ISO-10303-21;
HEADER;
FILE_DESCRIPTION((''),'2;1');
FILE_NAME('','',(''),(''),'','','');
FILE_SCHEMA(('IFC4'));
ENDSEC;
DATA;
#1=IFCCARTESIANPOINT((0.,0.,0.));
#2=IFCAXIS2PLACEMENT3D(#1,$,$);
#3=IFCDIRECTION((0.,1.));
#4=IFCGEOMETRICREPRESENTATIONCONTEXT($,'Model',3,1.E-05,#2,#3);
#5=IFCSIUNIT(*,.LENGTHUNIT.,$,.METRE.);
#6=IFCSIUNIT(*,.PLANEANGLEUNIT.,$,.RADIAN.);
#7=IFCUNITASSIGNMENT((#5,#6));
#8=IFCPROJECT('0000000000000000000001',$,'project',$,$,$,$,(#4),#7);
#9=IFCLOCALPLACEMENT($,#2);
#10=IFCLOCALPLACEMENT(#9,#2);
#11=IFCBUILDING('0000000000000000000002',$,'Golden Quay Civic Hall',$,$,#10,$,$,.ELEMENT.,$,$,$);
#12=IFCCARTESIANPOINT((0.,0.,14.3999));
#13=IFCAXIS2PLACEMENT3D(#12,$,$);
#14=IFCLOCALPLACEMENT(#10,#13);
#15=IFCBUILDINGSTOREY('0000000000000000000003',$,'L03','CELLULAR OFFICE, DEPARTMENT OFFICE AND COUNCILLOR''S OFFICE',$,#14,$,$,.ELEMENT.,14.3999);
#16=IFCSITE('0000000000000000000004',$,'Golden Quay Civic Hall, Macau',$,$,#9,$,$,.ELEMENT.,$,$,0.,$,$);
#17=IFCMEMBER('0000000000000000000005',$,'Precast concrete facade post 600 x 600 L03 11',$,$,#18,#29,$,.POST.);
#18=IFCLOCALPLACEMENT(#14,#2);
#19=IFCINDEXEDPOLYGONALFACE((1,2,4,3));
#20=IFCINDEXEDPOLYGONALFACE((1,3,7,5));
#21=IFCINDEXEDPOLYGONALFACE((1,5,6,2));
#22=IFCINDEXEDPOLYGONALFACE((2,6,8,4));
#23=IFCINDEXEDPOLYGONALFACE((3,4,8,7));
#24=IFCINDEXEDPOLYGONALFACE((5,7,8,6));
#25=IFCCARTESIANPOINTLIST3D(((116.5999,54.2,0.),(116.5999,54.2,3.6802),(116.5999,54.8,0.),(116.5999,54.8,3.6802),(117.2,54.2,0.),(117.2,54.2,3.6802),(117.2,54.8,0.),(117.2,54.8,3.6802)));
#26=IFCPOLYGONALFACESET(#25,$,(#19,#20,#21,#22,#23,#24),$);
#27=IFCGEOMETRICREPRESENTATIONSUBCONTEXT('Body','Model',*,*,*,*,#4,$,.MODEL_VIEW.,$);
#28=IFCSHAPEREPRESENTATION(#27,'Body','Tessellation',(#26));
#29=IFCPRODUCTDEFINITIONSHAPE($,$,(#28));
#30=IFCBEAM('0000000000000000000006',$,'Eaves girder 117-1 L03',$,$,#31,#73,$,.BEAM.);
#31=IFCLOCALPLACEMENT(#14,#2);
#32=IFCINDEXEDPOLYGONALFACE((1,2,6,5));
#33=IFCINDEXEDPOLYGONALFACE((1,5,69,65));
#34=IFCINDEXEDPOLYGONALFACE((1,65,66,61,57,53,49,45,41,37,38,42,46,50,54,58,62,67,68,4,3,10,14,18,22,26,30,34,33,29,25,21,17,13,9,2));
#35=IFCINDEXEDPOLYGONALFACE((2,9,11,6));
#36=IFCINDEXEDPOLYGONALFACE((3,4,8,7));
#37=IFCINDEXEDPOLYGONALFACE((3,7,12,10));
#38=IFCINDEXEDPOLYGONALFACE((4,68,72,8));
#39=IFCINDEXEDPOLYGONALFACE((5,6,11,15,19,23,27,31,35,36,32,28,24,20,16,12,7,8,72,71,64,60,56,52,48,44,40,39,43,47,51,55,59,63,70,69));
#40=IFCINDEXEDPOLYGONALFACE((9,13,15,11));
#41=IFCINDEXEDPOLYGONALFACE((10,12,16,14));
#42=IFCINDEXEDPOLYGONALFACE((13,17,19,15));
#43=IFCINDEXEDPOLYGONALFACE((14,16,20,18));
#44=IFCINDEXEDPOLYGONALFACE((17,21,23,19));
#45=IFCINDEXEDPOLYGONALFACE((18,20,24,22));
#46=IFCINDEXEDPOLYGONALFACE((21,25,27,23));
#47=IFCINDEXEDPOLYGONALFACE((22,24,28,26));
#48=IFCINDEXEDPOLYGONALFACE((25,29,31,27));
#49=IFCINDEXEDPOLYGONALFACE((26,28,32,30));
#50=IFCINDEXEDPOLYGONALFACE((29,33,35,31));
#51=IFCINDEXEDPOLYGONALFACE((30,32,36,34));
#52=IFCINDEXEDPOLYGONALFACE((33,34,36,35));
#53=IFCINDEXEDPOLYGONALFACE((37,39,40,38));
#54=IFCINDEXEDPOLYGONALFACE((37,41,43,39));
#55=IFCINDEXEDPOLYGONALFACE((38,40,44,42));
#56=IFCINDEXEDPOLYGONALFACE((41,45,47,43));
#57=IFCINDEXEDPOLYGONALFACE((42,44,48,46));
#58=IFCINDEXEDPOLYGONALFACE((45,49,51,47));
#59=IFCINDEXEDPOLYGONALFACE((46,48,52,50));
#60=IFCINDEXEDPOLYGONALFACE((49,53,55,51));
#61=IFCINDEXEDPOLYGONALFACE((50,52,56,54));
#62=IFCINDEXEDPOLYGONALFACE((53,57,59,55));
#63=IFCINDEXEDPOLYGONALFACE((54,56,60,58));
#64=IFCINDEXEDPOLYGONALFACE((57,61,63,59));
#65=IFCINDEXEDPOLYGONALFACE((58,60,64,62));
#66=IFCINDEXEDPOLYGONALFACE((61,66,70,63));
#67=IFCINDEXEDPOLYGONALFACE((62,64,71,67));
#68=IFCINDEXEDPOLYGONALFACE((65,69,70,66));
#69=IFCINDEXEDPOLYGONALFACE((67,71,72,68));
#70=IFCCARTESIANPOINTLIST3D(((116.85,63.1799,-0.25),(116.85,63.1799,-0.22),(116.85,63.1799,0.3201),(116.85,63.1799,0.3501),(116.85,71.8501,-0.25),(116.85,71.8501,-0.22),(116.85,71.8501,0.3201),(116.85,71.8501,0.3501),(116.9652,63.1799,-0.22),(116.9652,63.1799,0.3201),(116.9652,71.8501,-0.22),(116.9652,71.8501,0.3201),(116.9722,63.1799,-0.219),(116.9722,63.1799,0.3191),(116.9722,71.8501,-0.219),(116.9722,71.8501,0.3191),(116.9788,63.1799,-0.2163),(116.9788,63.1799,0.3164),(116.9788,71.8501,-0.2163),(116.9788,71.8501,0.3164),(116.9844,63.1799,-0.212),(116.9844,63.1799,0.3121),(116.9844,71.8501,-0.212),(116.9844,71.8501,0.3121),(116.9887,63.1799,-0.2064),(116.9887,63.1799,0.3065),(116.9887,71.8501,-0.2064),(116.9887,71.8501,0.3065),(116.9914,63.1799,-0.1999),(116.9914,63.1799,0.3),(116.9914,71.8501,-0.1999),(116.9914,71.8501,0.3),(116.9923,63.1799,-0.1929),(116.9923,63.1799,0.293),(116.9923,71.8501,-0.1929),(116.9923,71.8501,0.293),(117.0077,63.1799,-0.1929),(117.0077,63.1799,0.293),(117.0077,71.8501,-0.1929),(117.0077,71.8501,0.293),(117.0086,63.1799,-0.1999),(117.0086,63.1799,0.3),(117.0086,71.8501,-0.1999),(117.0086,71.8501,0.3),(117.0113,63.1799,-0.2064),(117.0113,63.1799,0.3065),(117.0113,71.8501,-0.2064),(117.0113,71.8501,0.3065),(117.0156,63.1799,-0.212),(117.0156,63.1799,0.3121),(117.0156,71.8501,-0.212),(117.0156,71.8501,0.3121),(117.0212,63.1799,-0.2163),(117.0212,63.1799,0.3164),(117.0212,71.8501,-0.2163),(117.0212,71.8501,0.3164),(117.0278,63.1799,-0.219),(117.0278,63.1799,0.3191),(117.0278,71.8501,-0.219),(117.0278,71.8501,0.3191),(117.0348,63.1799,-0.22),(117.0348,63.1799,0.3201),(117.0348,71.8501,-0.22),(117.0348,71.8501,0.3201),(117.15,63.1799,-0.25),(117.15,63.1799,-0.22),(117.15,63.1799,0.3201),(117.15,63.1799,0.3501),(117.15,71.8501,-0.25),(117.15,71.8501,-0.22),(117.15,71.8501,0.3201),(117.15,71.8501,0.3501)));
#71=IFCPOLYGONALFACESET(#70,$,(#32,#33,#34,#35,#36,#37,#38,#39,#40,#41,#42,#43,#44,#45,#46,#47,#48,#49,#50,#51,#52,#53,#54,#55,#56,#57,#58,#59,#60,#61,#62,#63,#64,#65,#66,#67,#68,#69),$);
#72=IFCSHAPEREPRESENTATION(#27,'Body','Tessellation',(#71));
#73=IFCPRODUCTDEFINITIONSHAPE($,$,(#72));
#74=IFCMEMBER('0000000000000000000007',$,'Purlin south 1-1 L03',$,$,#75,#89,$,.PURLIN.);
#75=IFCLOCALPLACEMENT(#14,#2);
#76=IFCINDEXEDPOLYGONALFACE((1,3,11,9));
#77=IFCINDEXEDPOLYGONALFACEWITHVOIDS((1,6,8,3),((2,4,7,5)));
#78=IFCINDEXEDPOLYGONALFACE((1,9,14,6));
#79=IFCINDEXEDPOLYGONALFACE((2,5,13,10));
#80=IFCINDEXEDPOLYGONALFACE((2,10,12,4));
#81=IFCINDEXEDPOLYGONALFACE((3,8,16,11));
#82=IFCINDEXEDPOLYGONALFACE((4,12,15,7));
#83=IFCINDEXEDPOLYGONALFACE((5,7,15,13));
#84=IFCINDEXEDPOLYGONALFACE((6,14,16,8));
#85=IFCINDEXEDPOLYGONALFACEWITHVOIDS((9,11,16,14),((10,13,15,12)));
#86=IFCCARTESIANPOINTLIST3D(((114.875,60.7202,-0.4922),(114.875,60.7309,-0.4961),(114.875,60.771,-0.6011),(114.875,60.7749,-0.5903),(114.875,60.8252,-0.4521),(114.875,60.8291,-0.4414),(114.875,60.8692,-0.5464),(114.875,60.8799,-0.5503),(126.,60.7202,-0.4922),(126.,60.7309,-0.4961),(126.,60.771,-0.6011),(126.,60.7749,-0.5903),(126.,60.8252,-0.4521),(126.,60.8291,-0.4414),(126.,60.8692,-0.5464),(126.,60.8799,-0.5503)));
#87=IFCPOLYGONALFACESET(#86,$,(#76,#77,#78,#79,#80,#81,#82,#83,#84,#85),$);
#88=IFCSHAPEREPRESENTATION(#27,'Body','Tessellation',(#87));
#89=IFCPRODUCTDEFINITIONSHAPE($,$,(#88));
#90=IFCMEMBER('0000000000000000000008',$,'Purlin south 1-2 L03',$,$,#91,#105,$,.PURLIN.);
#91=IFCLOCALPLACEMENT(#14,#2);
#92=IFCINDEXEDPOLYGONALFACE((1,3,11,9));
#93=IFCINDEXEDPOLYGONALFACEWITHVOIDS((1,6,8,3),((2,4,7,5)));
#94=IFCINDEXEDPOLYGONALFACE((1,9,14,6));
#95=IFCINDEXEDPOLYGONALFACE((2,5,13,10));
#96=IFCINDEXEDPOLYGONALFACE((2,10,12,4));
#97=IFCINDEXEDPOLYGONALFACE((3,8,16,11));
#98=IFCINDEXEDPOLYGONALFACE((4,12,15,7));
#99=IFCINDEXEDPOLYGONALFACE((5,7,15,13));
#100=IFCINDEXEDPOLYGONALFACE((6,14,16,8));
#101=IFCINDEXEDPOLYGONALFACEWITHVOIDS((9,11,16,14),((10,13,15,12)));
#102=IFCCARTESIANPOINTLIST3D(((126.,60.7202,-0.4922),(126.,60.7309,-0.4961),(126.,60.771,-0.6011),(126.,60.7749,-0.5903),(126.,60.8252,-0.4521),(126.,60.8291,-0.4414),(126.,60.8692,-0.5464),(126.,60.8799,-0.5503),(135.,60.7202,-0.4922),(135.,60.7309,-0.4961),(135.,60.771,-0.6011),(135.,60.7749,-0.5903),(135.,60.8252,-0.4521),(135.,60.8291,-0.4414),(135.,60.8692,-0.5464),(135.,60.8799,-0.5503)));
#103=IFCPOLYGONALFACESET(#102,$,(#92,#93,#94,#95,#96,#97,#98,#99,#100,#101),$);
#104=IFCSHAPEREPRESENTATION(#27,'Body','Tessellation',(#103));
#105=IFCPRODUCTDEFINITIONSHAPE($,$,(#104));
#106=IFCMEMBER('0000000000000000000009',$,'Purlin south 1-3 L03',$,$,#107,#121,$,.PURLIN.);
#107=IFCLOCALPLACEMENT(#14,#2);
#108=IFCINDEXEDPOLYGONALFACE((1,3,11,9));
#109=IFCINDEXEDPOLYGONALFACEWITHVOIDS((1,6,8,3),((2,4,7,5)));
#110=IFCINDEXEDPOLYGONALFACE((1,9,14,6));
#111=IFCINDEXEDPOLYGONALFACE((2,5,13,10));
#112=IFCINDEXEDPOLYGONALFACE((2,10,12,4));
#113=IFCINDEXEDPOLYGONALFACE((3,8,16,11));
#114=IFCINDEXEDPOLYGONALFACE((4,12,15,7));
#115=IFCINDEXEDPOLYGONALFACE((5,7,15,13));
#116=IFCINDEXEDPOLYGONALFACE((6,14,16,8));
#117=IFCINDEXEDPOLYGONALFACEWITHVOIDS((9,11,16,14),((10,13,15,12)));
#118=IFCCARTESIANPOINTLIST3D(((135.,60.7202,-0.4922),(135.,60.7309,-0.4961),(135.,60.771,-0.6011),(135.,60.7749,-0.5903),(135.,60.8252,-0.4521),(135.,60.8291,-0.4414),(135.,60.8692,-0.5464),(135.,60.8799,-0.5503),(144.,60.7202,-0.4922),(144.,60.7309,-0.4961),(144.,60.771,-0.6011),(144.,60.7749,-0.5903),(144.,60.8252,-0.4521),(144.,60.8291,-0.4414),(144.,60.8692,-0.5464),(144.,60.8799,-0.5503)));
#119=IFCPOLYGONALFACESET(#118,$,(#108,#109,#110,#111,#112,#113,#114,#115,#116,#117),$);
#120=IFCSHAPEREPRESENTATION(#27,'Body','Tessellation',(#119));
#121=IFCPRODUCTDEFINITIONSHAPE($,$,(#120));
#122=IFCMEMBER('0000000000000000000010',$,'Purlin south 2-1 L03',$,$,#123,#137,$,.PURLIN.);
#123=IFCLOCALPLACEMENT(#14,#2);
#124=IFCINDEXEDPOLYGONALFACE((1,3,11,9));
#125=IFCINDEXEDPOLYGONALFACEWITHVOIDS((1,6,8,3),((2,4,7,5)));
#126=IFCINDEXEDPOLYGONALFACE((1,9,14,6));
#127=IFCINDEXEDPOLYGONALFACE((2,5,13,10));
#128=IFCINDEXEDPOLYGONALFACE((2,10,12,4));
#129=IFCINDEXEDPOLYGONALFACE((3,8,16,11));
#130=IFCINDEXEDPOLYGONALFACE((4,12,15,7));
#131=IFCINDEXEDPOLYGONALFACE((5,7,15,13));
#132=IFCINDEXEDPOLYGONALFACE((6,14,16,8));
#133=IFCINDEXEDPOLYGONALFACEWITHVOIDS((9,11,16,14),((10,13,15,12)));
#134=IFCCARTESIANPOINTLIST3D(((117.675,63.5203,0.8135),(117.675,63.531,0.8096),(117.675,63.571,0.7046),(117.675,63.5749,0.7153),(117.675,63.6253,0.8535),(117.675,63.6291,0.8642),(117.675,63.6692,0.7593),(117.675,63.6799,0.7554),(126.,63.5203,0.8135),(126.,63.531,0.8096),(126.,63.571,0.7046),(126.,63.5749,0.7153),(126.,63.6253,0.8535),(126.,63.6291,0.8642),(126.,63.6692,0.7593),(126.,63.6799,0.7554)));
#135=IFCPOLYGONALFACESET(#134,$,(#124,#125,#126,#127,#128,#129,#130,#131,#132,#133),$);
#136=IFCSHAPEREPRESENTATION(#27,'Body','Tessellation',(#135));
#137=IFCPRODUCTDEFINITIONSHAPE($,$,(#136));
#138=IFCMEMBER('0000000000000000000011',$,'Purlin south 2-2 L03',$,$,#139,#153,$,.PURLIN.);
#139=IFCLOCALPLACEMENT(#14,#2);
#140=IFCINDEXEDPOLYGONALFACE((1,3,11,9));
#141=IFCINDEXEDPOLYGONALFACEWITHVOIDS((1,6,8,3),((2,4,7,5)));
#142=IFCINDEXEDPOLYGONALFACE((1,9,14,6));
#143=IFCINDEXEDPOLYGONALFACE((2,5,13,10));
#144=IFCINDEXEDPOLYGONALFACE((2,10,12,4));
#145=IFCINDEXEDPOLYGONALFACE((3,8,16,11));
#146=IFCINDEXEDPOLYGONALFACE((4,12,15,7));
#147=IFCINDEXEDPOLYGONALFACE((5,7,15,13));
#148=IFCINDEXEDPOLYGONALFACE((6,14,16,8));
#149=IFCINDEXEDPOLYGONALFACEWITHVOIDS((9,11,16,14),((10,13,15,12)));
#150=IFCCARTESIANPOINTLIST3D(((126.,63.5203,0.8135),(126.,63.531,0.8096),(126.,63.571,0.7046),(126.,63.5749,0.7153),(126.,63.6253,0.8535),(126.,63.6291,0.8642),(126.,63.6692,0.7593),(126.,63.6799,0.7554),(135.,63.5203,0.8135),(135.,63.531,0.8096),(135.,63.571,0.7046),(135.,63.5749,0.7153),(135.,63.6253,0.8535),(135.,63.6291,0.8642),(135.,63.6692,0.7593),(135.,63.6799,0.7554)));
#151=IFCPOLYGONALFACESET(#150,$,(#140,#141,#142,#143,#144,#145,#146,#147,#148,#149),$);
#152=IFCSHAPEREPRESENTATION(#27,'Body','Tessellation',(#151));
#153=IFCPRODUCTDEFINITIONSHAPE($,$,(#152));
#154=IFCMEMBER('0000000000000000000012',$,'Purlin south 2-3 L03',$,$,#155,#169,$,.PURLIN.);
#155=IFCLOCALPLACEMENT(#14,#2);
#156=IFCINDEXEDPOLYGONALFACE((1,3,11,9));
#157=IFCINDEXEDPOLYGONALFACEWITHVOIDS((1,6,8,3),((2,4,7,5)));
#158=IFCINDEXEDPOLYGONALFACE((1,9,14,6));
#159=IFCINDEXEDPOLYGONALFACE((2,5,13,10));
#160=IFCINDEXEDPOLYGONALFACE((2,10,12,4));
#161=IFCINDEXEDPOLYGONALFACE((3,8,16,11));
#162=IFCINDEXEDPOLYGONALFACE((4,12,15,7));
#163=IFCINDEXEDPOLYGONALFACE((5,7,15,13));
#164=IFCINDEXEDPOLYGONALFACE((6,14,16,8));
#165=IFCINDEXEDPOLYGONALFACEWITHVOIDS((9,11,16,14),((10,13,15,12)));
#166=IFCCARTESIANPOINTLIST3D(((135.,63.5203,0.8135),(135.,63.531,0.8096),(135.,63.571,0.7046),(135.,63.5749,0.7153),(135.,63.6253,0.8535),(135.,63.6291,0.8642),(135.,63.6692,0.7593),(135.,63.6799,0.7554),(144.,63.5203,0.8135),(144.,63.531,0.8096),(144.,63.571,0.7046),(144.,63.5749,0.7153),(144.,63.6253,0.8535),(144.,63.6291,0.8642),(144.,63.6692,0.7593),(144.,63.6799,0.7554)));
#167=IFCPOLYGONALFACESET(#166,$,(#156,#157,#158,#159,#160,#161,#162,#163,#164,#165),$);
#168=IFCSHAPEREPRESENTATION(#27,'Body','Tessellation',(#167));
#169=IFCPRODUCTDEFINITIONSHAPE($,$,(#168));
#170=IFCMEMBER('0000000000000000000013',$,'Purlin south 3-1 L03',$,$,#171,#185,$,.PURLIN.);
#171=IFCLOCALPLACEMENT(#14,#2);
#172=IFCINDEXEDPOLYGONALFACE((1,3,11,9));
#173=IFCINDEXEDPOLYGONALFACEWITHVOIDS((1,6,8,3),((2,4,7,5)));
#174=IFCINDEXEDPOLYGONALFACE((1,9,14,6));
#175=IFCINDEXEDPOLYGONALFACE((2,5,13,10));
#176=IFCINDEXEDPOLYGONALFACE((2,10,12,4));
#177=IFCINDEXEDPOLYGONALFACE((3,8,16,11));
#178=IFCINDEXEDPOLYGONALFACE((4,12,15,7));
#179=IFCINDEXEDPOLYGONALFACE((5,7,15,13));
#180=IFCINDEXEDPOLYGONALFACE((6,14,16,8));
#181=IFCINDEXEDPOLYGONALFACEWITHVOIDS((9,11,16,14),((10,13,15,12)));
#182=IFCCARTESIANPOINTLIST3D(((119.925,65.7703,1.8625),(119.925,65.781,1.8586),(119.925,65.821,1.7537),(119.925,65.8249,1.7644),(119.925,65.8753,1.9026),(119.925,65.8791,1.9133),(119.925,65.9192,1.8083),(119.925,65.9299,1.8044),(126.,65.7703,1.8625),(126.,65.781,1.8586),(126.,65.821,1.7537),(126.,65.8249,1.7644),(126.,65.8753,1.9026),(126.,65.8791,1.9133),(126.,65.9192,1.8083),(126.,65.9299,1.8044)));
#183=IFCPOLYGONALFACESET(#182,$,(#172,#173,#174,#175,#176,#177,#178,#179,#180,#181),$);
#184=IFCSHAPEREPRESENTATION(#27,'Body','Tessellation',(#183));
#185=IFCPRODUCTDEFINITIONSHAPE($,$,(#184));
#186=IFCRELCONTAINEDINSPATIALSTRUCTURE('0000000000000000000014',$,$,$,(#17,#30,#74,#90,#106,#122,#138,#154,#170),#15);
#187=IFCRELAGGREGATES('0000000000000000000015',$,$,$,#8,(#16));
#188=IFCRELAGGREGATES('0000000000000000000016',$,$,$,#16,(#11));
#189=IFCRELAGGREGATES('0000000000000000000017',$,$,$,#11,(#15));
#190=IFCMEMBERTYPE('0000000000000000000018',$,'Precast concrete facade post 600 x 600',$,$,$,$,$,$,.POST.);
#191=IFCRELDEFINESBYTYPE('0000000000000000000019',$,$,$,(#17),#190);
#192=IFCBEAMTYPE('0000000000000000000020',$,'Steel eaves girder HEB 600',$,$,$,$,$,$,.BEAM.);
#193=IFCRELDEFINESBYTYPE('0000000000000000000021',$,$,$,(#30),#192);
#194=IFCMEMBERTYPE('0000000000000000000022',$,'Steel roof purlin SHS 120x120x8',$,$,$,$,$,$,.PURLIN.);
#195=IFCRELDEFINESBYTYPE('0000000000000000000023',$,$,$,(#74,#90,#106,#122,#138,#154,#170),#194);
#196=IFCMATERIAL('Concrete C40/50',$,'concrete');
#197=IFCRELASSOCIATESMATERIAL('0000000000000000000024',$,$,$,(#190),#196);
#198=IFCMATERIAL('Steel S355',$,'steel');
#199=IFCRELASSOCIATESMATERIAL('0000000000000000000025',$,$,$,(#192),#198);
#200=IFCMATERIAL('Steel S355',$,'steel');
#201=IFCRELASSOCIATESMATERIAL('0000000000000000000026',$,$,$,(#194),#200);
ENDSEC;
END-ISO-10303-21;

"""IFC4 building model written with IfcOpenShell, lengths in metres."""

from ifc_helpers import new_model, si_unit, direction, frame, origin, origin_2d, place, context, subcontext, project, spatial, rectangle, hollow_rectangle, i_section, extrude, material, material_profile, profile_set, type_object, element, save


model = new_model("IFC4")

# Units and contexts
model_context = context("Model", 3, precision=1e-05, world=origin(), true_north=direction((0.0, 1.0)))
body_context = subcontext(model_context, "Body", "Model", "MODEL_VIEW")
ifc_project = project(units=[si_unit("LENGTHUNIT", "METRE"), si_unit("PLANEANGLEUNIT", "RADIAN")], contexts=[model_context])

# Site, building, storey
site_placement = place(None, origin())
site = spatial("IfcSite", under=ifc_project, at=site_placement, Name="Golden Quay Civic Hall, Macau", CompositionType="ELEMENT", RefElevation=0.0)
building_placement = place(site_placement, origin())
building = spatial("IfcBuilding", under=site, at=building_placement, Name="Golden Quay Civic Hall", CompositionType="ELEMENT")
storey_placement = place(building_placement, frame((0.0, 0.0, 14.3999)))
storey = spatial("IfcBuildingStorey", under=building, at=storey_placement, Name="L03", Description="CELLULAR OFFICE, DEPARTMENT OFFICE AND COUNCILLOR'S OFFICE", CompositionType="ELEMENT", Elevation=14.3999)

# Member
ifc_material_1 = material(Name="Concrete C40/50", Category="concrete")
ifc_material_profile_1 = material_profile(ifc_material_1, rectangle(XDim=0.6001, YDim=0.6001, at=origin_2d()), Name="RC 600x600")
ifc_profile_set_1 = profile_set([ifc_material_profile_1], Name="Concrete C40/50")
member_type_1 = type_object("IfcMemberType", Name="Precast concrete facade post 600 x 600", PredefinedType="POST", material=ifc_profile_set_1)
member_1_placement = place(storey_placement, frame((116.8999, 54.5, 0.0), z_axis=(0.0, 0.0, 1.0), x_axis=(1.0, 0.0, 0.0)))
element("IfcMember", 1, at=member_1_placement, inside=storey, type_object=member_type_1, Name="Precast concrete facade post 600 x 600 L03 11", PredefinedType="POST", context=body_context, shape_type="SweptSolid", body=[
    extrude(rectangle(XDim=0.6001, YDim=0.6001, at=origin_2d()), origin(), (0.0, 0.0, 1.0), 3.6802),
])

# Beam
ifc_material_2 = material(Name="Steel S355", Category="steel")
ifc_material_profile_2 = material_profile(ifc_material_2, i_section(OverallWidth=0.3, OverallDepth=0.6001, WebThickness=0.0154, FlangeThickness=0.03, FilletRadius=0.0271, at=origin_2d()), Name="HEB 600")
ifc_profile_set_2 = profile_set([ifc_material_profile_2], Name="Steel S355")
beam_type = type_object("IfcBeamType", Name="Steel eaves girder HEB 600", PredefinedType="BEAM", material=ifc_profile_set_2)
beam_placement = place(storey_placement, frame((117.0, 63.1799, 0.05), z_axis=(0.0, 1.0, 0.0), x_axis=(-1.0, 0.0, 0.0)))
element("IfcBeam", 2, at=beam_placement, inside=storey, type_object=beam_type, Name="Eaves girder 117-1 L03", PredefinedType="BEAM", context=body_context, shape_type="SweptSolid", body=[
    extrude(i_section(OverallWidth=0.3, OverallDepth=0.6001, WebThickness=0.0154, FlangeThickness=0.03, FilletRadius=0.0271, at=origin_2d()), origin(), (0.0, 0.0, 1.0), 8.6702),
])

# Members
ifc_material_3 = material(Name="Steel S355", Category="steel")
ifc_material_profile_3 = material_profile(ifc_material_3, hollow_rectangle(XDim=0.1201, YDim=0.1201, WallThickness=0.0081, at=origin_2d()), Name="SHS 120x120x8")
ifc_profile_set_3 = profile_set([ifc_material_profile_3], Name="Steel S355")
member_type_2 = type_object("IfcMemberType", Name="Steel roof purlin SHS 120x120x8", PredefinedType="PURLIN", material=ifc_profile_set_3)
member_2_placement = place(storey_placement, frame((114.875, 60.8, -0.5212), z_axis=(1.0, 0.0, 0.0), x_axis=(0.0, 0.906308, 0.422618)))
element("IfcMember", 3, at=member_2_placement, inside=storey, type_object=member_type_2, Name="Purlin south 1-1 L03", PredefinedType="PURLIN", context=body_context, shape_type="SweptSolid", body=[
    extrude(hollow_rectangle(XDim=0.1201, YDim=0.1201, WallThickness=0.0081, at=origin_2d()), origin(), (0.0, 0.0, 1.0), 11.125),
])
for number, where, z_axis, x_axis, name in (
    (4, (126.0, 60.8, -0.5212), (1.0, 0.0, 0.0), (0.0, 0.906308, 0.422618), "Purlin south 1-2 L03"),
    (5, (135.0, 60.8, -0.5212), (1.0, 0.0, 0.0), (0.0, 0.906308, 0.422618), "Purlin south 1-3 L03"),
):
    element("IfcMember", number, at=place(storey_placement, frame(where, z_axis=z_axis, x_axis=x_axis)), inside=storey, type_object=member_type_2, Name=name, PredefinedType="PURLIN", context=body_context, shape_type="SweptSolid", body=[
        extrude(hollow_rectangle(XDim=0.1201, YDim=0.1201, WallThickness=0.0081, at=origin_2d()), origin(), (0.0, 0.0, 1.0), 9.0),
    ])
member_3_placement = place(storey_placement, frame((117.675, 63.6001, 0.7844), z_axis=(1.0, 0.0, 0.0), x_axis=(0.0, 0.906308, 0.422618)))
element("IfcMember", 6, at=member_3_placement, inside=storey, type_object=member_type_2, Name="Purlin south 2-1 L03", PredefinedType="PURLIN", context=body_context, shape_type="SweptSolid", body=[
    extrude(hollow_rectangle(XDim=0.1201, YDim=0.1201, WallThickness=0.0081, at=origin_2d()), origin(), (0.0, 0.0, 1.0), 8.325),
])
for number, where, z_axis, x_axis, name in (
    (7, (126.0, 63.6001, 0.7844), (1.0, 0.0, 0.0), (0.0, 0.906308, 0.422618), "Purlin south 2-2 L03"),
    (8, (135.0, 63.6001, 0.7844), (1.0, 0.0, 0.0), (0.0, 0.906308, 0.422618), "Purlin south 2-3 L03"),
):
    element("IfcMember", number, at=place(storey_placement, frame(where, z_axis=z_axis, x_axis=x_axis)), inside=storey, type_object=member_type_2, Name=name, PredefinedType="PURLIN", context=body_context, shape_type="SweptSolid", body=[
        extrude(hollow_rectangle(XDim=0.1201, YDim=0.1201, WallThickness=0.0081, at=origin_2d()), origin(), (0.0, 0.0, 1.0), 9.0),
    ])
member_4_placement = place(storey_placement, frame((119.925, 65.8501, 1.8335), z_axis=(1.0, 0.0, 0.0), x_axis=(0.0, 0.906308, 0.422618)))
element("IfcMember", 9, at=member_4_placement, inside=storey, type_object=member_type_2, Name="Purlin south 3-1 L03", PredefinedType="PURLIN", context=body_context, shape_type="SweptSolid", body=[
    extrude(hollow_rectangle(XDim=0.1201, YDim=0.1201, WallThickness=0.0081, at=origin_2d()), origin(), (0.0, 0.0, 1.0), 6.075),
])

save(model, "model.ifc")
